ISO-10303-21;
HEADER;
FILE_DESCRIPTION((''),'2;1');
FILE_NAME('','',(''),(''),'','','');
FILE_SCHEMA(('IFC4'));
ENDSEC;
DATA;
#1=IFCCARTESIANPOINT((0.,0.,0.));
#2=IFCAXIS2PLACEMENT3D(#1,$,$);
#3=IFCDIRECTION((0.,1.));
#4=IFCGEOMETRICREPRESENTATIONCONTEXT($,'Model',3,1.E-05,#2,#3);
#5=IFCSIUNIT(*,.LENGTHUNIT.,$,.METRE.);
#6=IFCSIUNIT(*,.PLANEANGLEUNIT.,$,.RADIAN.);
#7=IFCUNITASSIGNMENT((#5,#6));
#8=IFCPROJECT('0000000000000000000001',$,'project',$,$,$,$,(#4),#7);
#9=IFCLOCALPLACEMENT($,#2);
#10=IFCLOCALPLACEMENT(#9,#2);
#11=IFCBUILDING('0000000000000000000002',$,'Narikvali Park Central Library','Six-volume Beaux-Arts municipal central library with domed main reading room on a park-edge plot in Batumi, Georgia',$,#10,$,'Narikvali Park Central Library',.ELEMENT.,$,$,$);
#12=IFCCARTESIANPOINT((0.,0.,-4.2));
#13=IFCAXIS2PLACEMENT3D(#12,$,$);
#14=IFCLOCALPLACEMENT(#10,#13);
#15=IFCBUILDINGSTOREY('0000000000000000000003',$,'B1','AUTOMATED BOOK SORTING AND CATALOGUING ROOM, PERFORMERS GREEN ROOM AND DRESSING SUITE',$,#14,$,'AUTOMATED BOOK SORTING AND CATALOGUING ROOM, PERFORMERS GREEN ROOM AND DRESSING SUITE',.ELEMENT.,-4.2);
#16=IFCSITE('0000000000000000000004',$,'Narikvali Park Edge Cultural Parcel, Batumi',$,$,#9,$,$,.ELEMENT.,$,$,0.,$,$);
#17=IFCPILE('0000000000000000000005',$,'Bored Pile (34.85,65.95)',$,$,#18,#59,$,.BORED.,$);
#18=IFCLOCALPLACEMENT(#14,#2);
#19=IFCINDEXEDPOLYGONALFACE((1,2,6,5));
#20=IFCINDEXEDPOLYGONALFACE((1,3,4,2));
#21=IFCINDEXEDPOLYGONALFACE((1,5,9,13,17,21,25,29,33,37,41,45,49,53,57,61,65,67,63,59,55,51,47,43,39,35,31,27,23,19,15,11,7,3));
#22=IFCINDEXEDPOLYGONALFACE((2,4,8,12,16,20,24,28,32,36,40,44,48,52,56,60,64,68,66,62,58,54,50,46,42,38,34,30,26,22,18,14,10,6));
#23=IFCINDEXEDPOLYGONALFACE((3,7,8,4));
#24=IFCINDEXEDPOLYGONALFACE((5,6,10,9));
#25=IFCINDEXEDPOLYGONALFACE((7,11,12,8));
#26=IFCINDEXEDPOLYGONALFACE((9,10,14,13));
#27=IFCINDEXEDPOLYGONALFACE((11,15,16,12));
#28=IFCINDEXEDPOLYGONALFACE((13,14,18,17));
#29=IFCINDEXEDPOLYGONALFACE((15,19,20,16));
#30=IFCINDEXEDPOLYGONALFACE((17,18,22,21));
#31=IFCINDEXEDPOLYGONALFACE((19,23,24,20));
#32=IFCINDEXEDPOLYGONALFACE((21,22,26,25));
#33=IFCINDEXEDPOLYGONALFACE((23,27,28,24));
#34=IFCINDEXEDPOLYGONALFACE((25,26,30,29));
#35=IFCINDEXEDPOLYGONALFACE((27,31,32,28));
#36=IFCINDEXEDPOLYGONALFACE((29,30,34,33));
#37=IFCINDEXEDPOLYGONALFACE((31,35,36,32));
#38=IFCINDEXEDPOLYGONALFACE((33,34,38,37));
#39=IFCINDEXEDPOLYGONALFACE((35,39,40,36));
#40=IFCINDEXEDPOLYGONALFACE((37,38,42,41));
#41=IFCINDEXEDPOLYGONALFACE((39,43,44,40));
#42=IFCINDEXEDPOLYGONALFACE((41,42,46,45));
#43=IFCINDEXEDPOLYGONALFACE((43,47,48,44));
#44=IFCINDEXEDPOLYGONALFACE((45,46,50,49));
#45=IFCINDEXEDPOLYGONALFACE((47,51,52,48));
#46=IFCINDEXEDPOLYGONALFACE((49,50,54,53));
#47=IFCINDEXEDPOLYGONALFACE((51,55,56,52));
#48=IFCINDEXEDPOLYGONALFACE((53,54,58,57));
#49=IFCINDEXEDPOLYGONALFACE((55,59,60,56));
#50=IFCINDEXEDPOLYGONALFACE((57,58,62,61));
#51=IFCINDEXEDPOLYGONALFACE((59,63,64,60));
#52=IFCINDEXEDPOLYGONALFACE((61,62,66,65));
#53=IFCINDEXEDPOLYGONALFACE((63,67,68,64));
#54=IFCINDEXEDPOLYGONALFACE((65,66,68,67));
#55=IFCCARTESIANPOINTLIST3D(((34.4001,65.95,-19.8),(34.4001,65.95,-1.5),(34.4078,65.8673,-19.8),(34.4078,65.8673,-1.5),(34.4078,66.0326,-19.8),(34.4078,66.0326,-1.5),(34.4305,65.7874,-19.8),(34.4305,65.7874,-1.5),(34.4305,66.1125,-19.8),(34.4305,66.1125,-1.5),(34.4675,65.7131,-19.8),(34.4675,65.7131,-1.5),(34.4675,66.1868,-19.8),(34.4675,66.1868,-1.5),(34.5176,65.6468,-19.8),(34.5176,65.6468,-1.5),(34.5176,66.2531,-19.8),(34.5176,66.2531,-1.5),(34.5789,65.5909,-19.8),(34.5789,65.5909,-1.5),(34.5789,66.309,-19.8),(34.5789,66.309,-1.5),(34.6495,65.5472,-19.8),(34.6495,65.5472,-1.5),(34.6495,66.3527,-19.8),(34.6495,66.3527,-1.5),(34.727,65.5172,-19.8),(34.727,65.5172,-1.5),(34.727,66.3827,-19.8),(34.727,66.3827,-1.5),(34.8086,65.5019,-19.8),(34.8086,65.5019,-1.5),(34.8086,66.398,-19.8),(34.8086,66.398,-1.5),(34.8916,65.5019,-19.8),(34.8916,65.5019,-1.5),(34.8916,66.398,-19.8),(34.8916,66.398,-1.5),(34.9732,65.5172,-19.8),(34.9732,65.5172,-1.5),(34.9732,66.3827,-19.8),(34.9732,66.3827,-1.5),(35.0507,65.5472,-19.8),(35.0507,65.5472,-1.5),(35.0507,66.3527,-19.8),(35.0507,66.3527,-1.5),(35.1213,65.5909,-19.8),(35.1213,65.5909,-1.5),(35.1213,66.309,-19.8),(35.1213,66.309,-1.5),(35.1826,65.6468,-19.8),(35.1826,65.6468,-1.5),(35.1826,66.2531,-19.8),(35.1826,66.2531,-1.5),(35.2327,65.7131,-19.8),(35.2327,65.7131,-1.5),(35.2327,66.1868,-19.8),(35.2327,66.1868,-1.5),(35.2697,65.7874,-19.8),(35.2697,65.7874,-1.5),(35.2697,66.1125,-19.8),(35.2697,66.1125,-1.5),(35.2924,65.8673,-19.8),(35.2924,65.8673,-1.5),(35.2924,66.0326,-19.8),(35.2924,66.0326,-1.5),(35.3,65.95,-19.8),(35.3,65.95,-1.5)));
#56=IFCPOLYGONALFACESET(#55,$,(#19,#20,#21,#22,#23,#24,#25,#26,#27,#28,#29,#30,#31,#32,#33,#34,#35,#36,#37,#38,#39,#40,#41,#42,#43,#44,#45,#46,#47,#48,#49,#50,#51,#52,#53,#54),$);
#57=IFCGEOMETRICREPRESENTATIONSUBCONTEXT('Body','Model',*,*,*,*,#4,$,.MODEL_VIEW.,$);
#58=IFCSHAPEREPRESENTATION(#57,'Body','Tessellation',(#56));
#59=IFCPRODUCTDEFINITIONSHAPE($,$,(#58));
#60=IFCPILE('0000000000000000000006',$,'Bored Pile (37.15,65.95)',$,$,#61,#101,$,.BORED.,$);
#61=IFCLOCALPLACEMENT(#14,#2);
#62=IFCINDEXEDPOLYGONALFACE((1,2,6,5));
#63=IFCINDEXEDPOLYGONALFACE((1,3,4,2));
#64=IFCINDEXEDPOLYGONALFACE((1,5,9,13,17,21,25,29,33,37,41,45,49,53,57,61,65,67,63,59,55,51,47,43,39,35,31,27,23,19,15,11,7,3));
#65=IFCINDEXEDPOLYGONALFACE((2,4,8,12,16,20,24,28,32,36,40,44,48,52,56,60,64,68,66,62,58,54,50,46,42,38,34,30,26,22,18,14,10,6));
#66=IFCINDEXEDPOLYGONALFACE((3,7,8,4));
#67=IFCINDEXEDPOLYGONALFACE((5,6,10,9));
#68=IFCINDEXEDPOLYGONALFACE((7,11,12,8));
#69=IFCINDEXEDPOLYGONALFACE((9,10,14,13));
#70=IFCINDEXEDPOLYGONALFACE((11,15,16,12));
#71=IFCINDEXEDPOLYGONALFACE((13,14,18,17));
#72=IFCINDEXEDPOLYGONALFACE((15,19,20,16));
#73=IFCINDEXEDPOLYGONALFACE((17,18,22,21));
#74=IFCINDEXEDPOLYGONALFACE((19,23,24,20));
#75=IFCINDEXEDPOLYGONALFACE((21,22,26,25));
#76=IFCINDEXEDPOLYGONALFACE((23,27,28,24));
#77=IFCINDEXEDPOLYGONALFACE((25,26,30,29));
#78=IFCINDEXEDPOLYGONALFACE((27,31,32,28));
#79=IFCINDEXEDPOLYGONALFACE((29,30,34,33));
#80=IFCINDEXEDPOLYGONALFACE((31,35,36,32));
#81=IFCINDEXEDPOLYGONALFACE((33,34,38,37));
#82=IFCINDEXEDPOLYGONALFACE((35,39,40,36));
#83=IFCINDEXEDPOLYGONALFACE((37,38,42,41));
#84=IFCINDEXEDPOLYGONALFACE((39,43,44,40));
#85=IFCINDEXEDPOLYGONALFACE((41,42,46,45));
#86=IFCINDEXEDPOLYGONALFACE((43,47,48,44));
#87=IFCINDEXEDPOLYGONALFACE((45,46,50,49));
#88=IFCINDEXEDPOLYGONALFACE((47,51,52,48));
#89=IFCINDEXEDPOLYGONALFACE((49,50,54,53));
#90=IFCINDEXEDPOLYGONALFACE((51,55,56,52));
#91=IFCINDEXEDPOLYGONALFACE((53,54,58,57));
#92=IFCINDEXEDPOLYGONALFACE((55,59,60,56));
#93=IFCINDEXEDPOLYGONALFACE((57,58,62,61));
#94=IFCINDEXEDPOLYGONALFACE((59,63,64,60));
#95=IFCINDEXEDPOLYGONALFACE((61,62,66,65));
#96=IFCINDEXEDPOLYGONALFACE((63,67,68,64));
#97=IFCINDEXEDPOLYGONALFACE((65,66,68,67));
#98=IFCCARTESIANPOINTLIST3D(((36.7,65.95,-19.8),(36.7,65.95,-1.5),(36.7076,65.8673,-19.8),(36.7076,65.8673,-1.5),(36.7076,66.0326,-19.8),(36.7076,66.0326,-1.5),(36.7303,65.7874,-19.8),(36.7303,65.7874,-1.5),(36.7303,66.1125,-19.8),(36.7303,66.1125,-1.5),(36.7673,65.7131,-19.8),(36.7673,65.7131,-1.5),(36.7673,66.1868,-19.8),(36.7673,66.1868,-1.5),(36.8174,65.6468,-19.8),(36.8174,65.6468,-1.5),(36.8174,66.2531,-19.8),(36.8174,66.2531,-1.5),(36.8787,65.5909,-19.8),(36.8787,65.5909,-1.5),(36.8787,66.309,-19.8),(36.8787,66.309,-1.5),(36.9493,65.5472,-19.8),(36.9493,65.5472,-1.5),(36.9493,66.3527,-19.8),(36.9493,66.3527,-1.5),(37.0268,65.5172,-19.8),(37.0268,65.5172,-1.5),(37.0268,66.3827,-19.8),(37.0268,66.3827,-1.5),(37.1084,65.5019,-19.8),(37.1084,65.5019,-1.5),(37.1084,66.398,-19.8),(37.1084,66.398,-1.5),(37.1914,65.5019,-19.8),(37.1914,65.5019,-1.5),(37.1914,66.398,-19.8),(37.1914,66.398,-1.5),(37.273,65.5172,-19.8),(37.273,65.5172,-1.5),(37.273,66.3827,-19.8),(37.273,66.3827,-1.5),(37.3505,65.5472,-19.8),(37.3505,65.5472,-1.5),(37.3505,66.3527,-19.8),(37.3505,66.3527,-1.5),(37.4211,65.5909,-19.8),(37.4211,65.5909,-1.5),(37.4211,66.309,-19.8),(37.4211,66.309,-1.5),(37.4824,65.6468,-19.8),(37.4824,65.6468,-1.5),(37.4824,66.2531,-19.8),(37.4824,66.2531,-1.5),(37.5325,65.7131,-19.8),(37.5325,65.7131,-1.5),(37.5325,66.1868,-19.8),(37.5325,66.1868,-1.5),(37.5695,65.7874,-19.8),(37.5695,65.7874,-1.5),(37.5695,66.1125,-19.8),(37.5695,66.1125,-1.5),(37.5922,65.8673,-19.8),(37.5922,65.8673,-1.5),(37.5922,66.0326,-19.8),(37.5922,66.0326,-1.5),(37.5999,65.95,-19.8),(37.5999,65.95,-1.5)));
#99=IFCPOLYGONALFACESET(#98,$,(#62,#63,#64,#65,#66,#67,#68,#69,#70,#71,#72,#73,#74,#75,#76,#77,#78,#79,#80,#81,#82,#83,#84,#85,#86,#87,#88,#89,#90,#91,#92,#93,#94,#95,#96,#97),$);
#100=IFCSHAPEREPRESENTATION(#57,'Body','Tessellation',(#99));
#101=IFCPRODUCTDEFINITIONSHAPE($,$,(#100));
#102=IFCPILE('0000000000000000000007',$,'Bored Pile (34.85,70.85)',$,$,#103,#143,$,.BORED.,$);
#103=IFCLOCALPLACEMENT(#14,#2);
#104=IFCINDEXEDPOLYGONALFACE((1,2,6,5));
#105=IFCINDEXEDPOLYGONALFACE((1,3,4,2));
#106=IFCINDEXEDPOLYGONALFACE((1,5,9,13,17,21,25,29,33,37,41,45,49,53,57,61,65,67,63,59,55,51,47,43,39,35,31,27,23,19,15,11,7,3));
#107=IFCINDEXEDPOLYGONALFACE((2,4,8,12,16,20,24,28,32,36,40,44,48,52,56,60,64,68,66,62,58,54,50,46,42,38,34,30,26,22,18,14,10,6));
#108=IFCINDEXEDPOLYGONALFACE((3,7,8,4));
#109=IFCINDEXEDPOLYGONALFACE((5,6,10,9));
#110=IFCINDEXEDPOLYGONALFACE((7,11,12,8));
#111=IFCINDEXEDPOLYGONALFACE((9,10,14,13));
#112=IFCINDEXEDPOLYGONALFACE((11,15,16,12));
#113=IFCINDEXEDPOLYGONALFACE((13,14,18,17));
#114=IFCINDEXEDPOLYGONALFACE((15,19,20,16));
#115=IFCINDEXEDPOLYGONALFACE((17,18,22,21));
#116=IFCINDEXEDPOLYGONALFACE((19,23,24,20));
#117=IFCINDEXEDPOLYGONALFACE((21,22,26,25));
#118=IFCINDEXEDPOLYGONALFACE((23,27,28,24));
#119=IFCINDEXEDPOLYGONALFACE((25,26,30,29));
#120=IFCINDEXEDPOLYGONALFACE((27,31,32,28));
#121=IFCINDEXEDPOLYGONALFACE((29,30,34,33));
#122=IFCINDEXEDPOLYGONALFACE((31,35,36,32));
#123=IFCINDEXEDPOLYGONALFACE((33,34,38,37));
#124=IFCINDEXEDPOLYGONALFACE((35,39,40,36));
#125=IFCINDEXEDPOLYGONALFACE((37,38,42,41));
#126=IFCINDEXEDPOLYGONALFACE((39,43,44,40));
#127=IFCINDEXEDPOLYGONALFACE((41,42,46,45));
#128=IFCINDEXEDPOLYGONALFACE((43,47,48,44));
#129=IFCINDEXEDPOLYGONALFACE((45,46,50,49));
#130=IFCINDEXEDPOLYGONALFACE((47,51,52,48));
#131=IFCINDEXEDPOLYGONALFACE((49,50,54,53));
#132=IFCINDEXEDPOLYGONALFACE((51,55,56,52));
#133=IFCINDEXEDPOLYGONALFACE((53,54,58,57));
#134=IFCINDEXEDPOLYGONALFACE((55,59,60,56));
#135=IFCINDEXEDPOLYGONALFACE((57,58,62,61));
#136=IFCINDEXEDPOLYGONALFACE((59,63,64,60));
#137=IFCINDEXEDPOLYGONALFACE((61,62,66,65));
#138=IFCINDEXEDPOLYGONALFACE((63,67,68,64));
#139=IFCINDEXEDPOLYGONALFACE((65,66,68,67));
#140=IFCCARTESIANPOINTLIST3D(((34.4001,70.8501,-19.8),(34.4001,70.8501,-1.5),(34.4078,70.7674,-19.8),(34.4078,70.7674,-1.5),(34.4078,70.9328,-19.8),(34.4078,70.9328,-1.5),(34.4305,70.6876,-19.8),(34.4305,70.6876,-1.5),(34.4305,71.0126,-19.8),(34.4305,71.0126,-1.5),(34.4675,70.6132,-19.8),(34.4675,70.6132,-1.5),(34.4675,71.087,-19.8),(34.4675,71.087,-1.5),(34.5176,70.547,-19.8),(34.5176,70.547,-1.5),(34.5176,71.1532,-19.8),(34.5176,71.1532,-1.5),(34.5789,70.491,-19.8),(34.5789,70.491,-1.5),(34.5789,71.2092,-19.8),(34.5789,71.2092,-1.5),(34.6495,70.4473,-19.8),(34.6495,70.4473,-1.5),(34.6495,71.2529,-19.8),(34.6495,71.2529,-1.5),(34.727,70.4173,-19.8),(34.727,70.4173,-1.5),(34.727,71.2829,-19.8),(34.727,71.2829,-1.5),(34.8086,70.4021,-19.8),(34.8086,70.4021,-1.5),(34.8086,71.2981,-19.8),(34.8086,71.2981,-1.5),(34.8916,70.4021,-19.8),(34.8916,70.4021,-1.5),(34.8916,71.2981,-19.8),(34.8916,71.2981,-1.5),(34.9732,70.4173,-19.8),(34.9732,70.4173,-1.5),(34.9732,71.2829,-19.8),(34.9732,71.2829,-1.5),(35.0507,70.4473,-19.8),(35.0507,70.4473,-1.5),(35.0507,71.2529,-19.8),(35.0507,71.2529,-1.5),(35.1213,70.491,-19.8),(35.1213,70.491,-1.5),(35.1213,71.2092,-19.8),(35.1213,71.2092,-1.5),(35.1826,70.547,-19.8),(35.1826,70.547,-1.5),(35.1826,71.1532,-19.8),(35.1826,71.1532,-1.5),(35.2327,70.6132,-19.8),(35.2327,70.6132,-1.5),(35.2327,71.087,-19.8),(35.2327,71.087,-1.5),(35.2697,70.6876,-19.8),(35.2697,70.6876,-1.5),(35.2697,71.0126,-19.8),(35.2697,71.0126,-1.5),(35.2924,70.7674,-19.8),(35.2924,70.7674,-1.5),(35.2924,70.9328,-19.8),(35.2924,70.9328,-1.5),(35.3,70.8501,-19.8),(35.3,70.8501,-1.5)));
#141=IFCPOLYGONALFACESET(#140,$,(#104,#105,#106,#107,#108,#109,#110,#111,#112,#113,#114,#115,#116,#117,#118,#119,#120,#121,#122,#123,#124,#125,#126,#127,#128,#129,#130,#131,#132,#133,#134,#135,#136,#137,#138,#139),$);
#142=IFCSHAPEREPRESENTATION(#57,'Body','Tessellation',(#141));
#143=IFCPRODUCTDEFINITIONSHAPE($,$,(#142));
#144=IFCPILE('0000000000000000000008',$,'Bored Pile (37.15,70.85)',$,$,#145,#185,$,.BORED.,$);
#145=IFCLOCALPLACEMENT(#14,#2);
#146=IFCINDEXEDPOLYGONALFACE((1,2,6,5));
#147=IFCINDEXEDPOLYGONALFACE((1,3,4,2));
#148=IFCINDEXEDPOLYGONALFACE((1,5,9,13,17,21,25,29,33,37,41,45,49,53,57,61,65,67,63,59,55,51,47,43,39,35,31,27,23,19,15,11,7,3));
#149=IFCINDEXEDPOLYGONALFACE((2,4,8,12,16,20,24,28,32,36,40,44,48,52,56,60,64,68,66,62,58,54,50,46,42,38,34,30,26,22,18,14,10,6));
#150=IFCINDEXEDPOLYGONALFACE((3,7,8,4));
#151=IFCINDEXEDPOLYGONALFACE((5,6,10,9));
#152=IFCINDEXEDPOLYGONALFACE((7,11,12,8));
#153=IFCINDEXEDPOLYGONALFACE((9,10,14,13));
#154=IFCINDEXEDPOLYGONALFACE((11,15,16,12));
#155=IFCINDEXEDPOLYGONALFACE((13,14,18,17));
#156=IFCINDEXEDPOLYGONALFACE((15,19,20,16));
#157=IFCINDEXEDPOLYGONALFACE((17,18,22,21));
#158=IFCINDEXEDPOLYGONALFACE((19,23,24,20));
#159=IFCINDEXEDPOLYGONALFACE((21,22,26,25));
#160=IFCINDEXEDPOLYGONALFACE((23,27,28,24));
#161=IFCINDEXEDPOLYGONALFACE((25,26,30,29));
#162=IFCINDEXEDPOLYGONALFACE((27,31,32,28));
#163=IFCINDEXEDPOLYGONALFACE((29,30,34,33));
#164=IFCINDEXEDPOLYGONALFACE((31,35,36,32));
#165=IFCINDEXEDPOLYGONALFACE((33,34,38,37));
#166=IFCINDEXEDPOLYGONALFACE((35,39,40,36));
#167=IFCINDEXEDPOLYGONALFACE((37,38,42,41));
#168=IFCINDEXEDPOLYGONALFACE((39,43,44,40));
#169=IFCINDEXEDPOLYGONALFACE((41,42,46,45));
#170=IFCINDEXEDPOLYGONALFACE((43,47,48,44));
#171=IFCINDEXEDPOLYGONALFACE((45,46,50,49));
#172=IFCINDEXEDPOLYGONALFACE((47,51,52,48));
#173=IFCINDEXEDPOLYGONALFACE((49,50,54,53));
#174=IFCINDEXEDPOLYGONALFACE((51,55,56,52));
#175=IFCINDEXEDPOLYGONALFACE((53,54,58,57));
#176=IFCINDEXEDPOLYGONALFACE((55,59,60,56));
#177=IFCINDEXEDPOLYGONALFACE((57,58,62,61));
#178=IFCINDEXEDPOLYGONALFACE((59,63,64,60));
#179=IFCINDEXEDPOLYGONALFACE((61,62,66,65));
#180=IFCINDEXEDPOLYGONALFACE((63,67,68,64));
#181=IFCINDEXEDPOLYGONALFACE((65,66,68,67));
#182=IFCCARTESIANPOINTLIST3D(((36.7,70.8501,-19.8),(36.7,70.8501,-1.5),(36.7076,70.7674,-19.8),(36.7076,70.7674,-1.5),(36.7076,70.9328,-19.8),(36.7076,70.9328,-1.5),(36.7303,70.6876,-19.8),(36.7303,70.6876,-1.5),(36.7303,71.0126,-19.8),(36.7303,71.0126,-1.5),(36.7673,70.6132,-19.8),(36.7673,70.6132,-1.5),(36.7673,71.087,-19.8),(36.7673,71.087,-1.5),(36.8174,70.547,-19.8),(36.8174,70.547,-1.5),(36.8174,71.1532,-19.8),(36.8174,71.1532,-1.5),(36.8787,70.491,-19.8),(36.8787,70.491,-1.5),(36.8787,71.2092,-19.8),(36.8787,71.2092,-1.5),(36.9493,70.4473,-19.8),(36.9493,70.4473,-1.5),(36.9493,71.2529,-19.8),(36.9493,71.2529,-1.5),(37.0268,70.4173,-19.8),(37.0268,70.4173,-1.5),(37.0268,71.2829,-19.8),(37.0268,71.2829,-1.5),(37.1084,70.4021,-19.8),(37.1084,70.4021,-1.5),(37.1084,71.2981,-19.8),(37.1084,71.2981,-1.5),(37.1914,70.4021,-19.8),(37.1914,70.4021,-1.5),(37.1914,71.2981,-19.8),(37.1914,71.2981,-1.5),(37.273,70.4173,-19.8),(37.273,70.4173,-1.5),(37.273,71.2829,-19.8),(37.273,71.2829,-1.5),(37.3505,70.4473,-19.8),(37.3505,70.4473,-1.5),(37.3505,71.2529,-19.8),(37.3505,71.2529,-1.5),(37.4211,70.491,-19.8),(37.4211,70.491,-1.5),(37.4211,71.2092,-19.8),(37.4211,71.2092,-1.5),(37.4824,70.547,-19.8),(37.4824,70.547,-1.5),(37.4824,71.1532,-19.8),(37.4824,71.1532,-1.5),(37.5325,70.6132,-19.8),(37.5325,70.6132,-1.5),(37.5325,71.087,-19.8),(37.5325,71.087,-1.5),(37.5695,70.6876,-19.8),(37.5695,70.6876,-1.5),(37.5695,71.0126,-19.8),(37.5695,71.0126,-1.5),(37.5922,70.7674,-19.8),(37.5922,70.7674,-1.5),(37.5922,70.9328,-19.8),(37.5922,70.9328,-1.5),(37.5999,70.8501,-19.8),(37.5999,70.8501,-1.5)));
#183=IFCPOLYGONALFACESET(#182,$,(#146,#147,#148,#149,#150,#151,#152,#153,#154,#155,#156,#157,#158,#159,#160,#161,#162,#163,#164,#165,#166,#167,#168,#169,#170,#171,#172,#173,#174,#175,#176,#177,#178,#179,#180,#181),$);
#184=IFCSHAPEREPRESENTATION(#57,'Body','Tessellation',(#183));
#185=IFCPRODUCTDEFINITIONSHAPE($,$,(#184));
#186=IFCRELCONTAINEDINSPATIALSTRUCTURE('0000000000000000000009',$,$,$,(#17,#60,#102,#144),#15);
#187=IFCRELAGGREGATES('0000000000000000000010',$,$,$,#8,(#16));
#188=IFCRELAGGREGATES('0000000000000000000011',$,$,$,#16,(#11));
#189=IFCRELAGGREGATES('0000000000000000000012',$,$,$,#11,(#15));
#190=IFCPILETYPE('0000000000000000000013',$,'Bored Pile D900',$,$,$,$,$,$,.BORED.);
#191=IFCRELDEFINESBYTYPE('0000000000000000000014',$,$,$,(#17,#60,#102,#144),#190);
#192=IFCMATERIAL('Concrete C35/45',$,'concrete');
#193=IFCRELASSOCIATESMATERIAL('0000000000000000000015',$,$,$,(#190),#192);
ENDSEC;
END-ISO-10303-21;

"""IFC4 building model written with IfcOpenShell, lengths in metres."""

from ifc_helpers import new_model, si_unit, direction, frame, origin, origin_2d, place, context, subcontext, project, spatial, circle, extrude, material, material_profile, profile_set, type_object, element, save


model = new_model("IFC4")

# Units and contexts
model_context = context("Model", 3, precision=1e-05, world=origin(), true_north=direction((0.0, 1.0)))
body_context = subcontext(model_context, "Body", "Model", "MODEL_VIEW")
ifc_project = project(units=[si_unit("LENGTHUNIT", "METRE"), si_unit("PLANEANGLEUNIT", "RADIAN")], contexts=[model_context])

# Site, building, storey
site_placement = place(None, origin())
site = spatial("IfcSite", under=ifc_project, at=site_placement, Name="Narikvali Park Edge Cultural Parcel, Batumi", CompositionType="ELEMENT", RefElevation=0.0)
building_placement = place(site_placement, origin())
building = spatial("IfcBuilding", under=site, at=building_placement, Name="Narikvali Park Central Library", Description="Six-volume Beaux-Arts municipal central library with domed main reading room on a park-edge plot in Batumi, Georgia", LongName="Narikvali Park Central Library", CompositionType="ELEMENT")
storey_placement = place(building_placement, frame((0.0, 0.0, -4.2)))
storey = spatial("IfcBuildingStorey", under=building, at=storey_placement, Name="B1", Description="AUTOMATED BOOK SORTING AND CATALOGUING ROOM, PERFORMERS GREEN ROOM AND DRESSING SUITE", LongName="AUTOMATED BOOK SORTING AND CATALOGUING ROOM, PERFORMERS GREEN ROOM AND DRESSING SUITE", CompositionType="ELEMENT", Elevation=-4.2)

# Piles
ifc_material_1 = material(Name="Concrete C35/45", Category="concrete")
ifc_material_profile_1 = material_profile(ifc_material_1, circle(Radius=0.45, at=origin_2d()), Name="PILE D900")
ifc_profile_set_1 = profile_set([ifc_material_profile_1], Name="Concrete C35/45")
pile_type = type_object("IfcPileType", Name="Bored Pile D900", PredefinedType="BORED", material=ifc_profile_set_1)
for number, where, z_axis, x_axis, name in (
    (1, (34.8501, 65.95, -1.5), (0.0, 0.0, -1.0), (1.0, 0.0, 0.0), "Bored Pile (34.85,65.95)"),
    (2, (37.1499, 65.95, -1.5), (0.0, 0.0, -1.0), (1.0, 0.0, 0.0), "Bored Pile (37.15,65.95)"),
    (3, (34.8501, 70.8501, -1.5), (0.0, 0.0, -1.0), (1.0, 0.0, 0.0), "Bored Pile (34.85,70.85)"),
    (4, (37.1499, 70.8501, -1.5), (0.0, 0.0, -1.0), (1.0, 0.0, 0.0), "Bored Pile (37.15,70.85)"),
):
    element("IfcPile", number, at=place(storey_placement, frame(where, z_axis=z_axis, x_axis=x_axis)), inside=storey, type_object=pile_type, Name=name, PredefinedType="BORED", context=body_context, shape_type="SweptSolid", body=[
        extrude(circle(Radius=0.45, at=origin_2d()), origin(), (0.0, 0.0, 1.0), 18.3),
    ])

save(model, "model.ifc")
